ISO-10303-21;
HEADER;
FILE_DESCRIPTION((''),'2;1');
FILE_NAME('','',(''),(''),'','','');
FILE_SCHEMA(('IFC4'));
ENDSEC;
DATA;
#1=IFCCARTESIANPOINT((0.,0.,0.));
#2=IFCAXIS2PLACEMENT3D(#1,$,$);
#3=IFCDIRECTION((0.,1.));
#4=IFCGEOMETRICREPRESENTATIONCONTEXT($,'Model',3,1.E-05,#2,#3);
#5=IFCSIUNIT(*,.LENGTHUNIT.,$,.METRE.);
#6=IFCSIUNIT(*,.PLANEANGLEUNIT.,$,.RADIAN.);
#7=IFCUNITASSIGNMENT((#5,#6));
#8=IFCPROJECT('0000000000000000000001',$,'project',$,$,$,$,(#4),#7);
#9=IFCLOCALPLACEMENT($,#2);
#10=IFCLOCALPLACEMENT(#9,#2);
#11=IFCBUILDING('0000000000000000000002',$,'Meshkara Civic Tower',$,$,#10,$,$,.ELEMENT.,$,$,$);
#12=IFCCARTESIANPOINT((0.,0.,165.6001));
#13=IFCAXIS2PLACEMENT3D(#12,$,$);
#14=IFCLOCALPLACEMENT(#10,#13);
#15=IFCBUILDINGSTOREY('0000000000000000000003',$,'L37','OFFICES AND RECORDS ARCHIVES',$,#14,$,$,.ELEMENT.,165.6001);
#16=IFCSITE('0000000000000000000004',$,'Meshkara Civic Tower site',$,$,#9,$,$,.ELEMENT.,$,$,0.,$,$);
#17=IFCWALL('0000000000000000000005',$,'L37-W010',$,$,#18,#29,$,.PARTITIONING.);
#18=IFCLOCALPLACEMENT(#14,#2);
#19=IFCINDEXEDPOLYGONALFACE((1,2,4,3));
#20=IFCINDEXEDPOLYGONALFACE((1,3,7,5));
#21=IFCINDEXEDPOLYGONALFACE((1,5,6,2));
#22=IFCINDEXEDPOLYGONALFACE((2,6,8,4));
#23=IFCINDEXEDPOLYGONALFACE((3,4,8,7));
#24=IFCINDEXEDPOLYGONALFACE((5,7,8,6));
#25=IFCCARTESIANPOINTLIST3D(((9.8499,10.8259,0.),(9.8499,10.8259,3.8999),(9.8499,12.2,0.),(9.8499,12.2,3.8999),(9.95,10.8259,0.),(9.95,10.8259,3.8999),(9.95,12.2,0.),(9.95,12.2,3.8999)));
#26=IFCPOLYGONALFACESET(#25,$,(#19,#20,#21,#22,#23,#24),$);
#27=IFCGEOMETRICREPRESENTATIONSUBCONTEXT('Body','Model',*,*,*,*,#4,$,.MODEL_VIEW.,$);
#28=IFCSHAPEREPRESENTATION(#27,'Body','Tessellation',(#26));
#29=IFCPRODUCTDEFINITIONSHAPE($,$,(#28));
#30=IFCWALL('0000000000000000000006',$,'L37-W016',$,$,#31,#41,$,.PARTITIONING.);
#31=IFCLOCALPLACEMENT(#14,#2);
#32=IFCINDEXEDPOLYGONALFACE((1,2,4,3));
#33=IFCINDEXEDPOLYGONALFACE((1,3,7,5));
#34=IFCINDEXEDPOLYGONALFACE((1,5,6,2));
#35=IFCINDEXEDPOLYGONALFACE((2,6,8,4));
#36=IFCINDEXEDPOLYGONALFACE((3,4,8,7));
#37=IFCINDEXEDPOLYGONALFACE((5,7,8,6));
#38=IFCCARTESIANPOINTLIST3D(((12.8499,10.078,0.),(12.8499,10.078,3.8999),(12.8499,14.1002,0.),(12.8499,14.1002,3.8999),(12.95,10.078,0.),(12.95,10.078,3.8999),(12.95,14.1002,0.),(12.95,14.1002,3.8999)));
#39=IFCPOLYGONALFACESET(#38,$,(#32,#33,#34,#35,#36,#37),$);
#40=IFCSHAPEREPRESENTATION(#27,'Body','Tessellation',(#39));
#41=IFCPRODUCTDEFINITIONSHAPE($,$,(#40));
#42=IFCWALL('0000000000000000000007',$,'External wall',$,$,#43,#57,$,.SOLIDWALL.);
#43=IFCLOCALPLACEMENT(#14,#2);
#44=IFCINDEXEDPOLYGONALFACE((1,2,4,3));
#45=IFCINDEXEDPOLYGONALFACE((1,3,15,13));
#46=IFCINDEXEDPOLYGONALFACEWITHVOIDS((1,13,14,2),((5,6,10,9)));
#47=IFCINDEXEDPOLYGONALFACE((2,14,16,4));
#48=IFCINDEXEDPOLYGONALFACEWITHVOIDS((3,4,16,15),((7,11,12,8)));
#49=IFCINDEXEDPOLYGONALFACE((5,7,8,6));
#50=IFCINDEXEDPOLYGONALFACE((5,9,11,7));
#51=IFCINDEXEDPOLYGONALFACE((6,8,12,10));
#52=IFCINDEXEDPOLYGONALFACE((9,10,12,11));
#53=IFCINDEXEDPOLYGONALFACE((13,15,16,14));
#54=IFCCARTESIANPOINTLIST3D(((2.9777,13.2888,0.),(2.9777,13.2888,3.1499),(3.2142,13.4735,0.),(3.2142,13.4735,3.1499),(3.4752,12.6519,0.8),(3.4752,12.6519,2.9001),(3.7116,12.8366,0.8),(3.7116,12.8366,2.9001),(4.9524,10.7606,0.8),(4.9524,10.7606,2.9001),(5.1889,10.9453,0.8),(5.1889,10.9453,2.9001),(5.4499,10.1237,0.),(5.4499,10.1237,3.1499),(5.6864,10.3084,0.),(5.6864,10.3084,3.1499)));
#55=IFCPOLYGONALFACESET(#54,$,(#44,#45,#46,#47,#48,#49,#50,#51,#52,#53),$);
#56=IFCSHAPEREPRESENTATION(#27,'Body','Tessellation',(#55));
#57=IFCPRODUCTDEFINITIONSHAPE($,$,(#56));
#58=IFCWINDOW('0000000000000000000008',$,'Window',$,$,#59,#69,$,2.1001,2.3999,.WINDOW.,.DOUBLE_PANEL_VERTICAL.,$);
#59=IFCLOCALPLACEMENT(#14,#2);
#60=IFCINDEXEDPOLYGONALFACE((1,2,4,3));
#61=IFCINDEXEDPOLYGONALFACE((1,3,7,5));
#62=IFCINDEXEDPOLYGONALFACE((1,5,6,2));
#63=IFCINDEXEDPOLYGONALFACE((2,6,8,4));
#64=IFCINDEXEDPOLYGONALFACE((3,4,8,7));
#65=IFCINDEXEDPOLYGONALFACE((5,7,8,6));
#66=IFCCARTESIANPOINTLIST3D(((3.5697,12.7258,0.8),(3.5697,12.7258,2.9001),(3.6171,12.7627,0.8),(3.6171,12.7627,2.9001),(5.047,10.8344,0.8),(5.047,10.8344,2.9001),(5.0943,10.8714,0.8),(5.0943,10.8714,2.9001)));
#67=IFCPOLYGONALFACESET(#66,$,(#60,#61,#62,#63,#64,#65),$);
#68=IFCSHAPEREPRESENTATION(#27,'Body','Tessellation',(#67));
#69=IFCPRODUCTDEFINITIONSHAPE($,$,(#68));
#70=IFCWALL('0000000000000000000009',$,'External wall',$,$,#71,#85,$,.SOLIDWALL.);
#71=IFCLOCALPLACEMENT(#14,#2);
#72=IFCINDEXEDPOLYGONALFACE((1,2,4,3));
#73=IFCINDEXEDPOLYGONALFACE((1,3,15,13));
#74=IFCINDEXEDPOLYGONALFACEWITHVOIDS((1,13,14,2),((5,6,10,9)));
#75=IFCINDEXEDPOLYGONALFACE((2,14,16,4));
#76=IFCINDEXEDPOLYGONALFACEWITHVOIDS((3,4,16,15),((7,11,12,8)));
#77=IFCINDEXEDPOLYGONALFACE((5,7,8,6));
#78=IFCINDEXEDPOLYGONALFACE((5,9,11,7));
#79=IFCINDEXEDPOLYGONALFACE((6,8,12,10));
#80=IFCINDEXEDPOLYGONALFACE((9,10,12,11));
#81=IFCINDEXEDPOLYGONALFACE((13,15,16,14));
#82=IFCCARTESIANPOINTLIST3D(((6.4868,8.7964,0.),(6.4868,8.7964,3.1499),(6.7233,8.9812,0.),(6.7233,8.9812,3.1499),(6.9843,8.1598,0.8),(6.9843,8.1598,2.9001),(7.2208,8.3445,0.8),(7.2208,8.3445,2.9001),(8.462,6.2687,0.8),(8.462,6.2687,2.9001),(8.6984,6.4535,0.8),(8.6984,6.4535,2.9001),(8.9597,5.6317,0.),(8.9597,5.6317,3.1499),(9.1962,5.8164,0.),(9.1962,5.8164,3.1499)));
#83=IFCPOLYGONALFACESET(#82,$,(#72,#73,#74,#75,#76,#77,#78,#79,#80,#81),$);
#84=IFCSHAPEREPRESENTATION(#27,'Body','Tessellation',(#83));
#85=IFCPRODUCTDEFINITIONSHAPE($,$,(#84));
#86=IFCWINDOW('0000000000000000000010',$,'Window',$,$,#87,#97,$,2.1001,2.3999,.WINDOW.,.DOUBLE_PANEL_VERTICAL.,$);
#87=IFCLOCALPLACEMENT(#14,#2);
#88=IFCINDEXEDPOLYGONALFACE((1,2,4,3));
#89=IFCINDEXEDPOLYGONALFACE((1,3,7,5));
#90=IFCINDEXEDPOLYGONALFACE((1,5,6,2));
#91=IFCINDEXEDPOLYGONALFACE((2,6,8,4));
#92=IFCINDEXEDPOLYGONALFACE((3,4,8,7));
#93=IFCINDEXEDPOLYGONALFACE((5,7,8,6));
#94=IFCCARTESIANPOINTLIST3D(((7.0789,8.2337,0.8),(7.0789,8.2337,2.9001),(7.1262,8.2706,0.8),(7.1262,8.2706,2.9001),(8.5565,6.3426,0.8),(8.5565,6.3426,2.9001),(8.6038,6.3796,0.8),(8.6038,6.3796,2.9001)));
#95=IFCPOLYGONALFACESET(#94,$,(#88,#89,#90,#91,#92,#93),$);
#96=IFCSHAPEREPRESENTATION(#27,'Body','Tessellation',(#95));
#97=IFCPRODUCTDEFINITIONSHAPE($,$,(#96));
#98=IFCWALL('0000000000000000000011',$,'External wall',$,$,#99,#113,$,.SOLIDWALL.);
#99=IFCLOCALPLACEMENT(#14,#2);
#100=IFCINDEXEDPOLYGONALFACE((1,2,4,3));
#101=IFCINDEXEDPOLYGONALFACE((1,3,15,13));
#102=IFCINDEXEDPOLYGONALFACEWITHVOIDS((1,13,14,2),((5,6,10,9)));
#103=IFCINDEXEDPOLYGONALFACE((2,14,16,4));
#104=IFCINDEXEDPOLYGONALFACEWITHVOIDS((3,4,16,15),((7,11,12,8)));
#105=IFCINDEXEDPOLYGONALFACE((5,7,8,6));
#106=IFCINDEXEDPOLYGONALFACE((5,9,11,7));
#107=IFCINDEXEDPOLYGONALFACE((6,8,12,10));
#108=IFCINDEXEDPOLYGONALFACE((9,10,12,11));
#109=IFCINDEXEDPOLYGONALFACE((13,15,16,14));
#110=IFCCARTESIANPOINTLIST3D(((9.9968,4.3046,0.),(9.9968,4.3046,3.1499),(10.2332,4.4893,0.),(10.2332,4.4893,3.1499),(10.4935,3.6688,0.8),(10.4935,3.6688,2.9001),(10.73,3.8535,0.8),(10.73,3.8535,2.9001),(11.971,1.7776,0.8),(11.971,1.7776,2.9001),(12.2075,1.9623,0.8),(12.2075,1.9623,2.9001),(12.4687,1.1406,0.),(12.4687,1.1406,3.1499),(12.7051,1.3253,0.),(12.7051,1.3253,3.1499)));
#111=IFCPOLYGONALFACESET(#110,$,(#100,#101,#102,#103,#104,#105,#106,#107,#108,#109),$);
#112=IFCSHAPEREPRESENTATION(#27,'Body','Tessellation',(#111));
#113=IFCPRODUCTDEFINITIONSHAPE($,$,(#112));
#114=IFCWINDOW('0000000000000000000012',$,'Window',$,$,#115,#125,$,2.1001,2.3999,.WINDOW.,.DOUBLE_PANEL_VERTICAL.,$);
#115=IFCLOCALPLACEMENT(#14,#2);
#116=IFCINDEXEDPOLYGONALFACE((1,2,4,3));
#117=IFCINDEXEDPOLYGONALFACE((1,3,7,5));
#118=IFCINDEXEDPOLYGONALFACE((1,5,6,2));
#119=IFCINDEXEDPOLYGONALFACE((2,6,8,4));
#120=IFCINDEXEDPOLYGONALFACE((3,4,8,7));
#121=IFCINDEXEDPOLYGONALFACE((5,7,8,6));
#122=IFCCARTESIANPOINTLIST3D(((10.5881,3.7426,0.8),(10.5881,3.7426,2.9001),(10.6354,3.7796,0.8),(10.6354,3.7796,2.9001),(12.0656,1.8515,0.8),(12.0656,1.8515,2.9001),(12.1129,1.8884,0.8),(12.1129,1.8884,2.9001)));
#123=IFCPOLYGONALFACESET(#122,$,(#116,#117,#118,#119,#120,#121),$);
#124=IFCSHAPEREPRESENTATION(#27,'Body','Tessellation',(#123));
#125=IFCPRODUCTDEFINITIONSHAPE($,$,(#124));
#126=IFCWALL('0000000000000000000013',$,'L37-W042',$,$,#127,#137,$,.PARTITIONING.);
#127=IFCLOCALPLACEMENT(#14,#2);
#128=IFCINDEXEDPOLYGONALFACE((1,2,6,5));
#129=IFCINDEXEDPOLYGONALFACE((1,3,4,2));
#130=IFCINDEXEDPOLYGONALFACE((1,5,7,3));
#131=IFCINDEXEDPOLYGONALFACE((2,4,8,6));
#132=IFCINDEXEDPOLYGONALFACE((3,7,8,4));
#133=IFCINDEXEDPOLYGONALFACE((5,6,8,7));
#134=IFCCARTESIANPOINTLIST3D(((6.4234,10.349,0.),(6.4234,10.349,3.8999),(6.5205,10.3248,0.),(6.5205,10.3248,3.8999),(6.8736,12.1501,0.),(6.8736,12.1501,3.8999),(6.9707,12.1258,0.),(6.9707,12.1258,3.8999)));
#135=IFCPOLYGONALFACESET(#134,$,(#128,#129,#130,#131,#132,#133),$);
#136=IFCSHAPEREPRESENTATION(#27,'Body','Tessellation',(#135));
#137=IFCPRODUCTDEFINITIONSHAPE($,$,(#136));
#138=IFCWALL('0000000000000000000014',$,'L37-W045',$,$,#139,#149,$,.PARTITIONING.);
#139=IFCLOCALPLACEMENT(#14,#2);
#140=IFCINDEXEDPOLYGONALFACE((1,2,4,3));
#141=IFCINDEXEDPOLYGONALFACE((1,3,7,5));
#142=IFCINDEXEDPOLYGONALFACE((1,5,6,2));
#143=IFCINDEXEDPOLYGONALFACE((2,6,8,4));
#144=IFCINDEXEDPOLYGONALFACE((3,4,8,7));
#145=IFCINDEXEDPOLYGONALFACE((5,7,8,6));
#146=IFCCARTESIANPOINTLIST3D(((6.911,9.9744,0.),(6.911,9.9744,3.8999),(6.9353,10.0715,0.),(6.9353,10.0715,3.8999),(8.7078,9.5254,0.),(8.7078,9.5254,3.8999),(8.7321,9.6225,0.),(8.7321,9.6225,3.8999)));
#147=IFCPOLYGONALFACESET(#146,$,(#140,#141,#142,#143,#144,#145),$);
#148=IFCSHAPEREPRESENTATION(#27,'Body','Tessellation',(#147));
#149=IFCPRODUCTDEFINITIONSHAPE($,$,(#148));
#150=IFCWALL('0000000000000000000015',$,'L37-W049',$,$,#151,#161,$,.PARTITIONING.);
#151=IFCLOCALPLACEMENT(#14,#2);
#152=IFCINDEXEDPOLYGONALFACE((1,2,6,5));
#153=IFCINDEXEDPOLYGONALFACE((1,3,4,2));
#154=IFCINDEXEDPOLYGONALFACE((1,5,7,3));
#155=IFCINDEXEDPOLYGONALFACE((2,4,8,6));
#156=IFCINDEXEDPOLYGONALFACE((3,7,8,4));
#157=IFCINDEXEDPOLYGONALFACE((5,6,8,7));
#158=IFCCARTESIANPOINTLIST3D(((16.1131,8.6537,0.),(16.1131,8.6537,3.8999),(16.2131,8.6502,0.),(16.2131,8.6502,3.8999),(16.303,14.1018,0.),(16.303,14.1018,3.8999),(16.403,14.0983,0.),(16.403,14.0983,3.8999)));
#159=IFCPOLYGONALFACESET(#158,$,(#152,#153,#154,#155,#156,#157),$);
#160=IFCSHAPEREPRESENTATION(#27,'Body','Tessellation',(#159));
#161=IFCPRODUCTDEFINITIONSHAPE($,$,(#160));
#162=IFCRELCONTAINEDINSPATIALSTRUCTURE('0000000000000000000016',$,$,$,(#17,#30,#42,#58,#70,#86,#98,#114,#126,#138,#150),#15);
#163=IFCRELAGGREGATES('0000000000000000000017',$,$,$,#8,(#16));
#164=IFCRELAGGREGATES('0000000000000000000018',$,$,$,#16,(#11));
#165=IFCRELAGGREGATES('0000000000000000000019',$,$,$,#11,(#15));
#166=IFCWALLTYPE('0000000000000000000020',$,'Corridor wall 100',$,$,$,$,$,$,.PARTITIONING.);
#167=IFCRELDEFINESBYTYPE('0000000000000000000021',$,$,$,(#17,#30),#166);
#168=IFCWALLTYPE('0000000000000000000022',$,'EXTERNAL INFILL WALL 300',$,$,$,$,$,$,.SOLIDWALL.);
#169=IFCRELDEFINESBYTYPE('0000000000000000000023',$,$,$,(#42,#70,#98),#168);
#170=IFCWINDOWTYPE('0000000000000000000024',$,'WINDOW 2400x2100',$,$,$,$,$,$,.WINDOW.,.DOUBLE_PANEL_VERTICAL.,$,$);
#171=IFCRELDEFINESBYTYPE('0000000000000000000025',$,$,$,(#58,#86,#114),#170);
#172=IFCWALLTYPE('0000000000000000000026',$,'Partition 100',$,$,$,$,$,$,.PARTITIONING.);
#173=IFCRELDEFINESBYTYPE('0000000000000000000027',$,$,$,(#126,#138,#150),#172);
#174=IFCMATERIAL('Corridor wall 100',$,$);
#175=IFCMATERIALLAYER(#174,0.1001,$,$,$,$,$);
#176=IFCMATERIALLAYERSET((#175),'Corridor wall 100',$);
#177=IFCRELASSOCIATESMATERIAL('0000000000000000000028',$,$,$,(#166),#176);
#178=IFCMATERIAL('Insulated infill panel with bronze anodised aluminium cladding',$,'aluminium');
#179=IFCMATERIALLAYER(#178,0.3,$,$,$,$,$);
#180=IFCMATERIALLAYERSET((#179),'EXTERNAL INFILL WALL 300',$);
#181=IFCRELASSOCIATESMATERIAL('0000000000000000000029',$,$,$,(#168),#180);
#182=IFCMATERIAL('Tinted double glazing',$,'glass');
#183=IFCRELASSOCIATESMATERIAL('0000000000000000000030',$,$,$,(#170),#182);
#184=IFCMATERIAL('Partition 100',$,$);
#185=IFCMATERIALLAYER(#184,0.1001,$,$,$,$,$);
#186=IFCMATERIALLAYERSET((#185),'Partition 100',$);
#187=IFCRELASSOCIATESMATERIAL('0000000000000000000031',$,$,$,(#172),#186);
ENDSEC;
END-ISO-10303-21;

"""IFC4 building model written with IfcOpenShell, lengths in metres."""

from ifc_helpers import new_model, si_unit, direction, frame, frame_2d, origin, place, context, subcontext, project, spatial, rectangle, extrude, material, layer, layer_set, type_object, element, fill, save


model = new_model("IFC4")

# Units and contexts
model_context = context("Model", 3, precision=1e-05, world=origin(), true_north=direction((0.0, 1.0)))
body_context = subcontext(model_context, "Body", "Model", "MODEL_VIEW")
ifc_project = project(units=[si_unit("LENGTHUNIT", "METRE"), si_unit("PLANEANGLEUNIT", "RADIAN")], contexts=[model_context])

# Site, building, storey
site_placement = place(None, origin())
site = spatial("IfcSite", under=ifc_project, at=site_placement, Name="Meshkara Civic Tower site", CompositionType="ELEMENT", RefElevation=0.0)
building_placement = place(site_placement, origin())
building = spatial("IfcBuilding", under=site, at=building_placement, Name="Meshkara Civic Tower", CompositionType="ELEMENT")
storey_placement = place(building_placement, frame((0.0, 0.0, 165.6001)))
storey = spatial("IfcBuildingStorey", under=building, at=storey_placement, Name="L37", Description="OFFICES AND RECORDS ARCHIVES", CompositionType="ELEMENT", Elevation=165.6001)

# Shared definitions
ifc_material_1 = material(Name="Corridor wall 100")
ifc_layer_1 = layer(ifc_material_1, 0.1001)
ifc_layer_set_1 = layer_set([ifc_layer_1], Name="Corridor wall 100")
wall_type_1 = type_object("IfcWallType", Name="Corridor wall 100", PredefinedType="PARTITIONING", material=ifc_layer_set_1)

# Walls
wall_1_placement = place(storey_placement, frame((9.8999, 12.2, 0.0), z_axis=(0.0, 0.0, 1.0), x_axis=(0.0, -1.0, 0.0)))
element("IfcWall", 1, at=wall_1_placement, inside=storey, type_object=wall_type_1, Name="L37-W010", PredefinedType="PARTITIONING", context=body_context, shape_type="SweptSolid", body=[
    extrude(rectangle(XDim=1.374, YDim=0.1001, at=frame_2d((0.687, 0.0))), origin(), (0.0, 0.0, 1.0), 3.8999),
])
wall_2_placement = place(storey_placement, frame((12.8999, 10.0779, 0.0), z_axis=(0.0, 0.0, 1.0), x_axis=(0.0, 1.0, 0.0)))
element("IfcWall", 2, at=wall_2_placement, inside=storey, type_object=wall_type_1, Name="L37-W016", PredefinedType="PARTITIONING", context=body_context, shape_type="SweptSolid", body=[
    extrude(rectangle(XDim=4.0222, YDim=0.1001, at=frame_2d((2.0112, 0.0))), origin(), (0.0, 0.0, 1.0), 3.8999),
])

# Walls, openings, windows
ifc_material_2 = material(Name="Insulated infill panel with bronze anodised aluminium cladding", Category="aluminium")
ifc_layer_2 = layer(ifc_material_2, 0.3)
ifc_layer_set_2 = layer_set([ifc_layer_2], Name="EXTERNAL INFILL WALL 300")
wall_type_2 = type_object("IfcWallType", Name="EXTERNAL INFILL WALL 300", PredefinedType="SOLIDWALL", material=ifc_layer_set_2)
wall_3_placement = place(storey_placement, frame((3.0959, 13.3811, 0.0), z_axis=(0.0, 0.0, 1.0), x_axis=(0.615564, -0.788087, 0.0)))
wall_3 = element("IfcWall", 3, at=wall_3_placement, inside=storey, type_object=wall_type_2, Name="External wall", PredefinedType="SOLIDWALL", context=body_context, shape_type="SweptSolid", body=[
    extrude(rectangle(XDim=4.0161, YDim=0.3, at=frame_2d((2.0081, 0.0))), origin(), (0.0, 0.0, 1.0), 3.1499),
])
opening_1_placement = place(wall_3_placement, frame((0.8081, 0.0, 0.8)))
opening_1 = element("IfcOpeningElement", 4, at=opening_1_placement, cuts=wall_3, PredefinedType="OPENING", context=body_context, shape_type="SweptSolid", body=[
    extrude(rectangle(XDim=2.3999, YDim=2.1001, at=frame_2d((1.2, 1.05))), frame((0.0, 0.1599, 0.0), z_axis=(0.0, -1.0, 0.0), x_axis=(1.0, 0.0, 0.0)), (0.0, 0.0, 1.0), 0.3201),
])
ifc_material_3 = material(Name="Tinted double glazing", Category="glass")
window_type = type_object("IfcWindowType", Name="WINDOW 2400x2100", PartitioningType="DOUBLE_PANEL_VERTICAL", PredefinedType="WINDOW", material=ifc_material_3)
window_1_placement = place(opening_1_placement, origin())
window_1 = element("IfcWindow", 5, at=window_1_placement, inside=storey, type_object=window_type, Name="Window", OverallHeight=2.1001, OverallWidth=2.3999, PartitioningType="DOUBLE_PANEL_VERTICAL", PredefinedType="WINDOW", context=body_context, shape_type="SweptSolid", body=[
    extrude(rectangle(XDim=2.3999, YDim=2.1001, at=frame_2d((1.2, 1.05))), frame((0.0, 0.03, 0.0), z_axis=(0.0, -1.0, 0.0), x_axis=(1.0, 0.0, 0.0)), (0.0, 0.0, 1.0), 0.0601),
])
fill(opening_1, window_1)
wall_4_placement = place(storey_placement, frame((6.605, 8.8889, 0.0), z_axis=(0.0, 0.0, 1.0), x_axis=(0.615707, -0.787976, 0.0)))
wall_4 = element("IfcWall", 6, at=wall_4_placement, inside=storey, type_object=wall_type_2, Name="External wall", PredefinedType="SOLIDWALL", context=body_context, shape_type="SweptSolid", body=[
    extrude(rectangle(XDim=4.0164, YDim=0.3, at=frame_2d((2.0083, 0.0))), origin(), (0.0, 0.0, 1.0), 3.1499),
])
opening_2_placement = place(wall_4_placement, frame((0.8081, 0.0, 0.8)))
opening_2 = element("IfcOpeningElement", 7, at=opening_2_placement, cuts=wall_4, PredefinedType="OPENING", context=body_context, shape_type="SweptSolid", body=[
    extrude(rectangle(XDim=2.3999, YDim=2.1001, at=frame_2d((1.2, 1.05))), frame((0.0, 0.1599, 0.0), z_axis=(0.0, -1.0, 0.0), x_axis=(1.0, 0.0, 0.0)), (0.0, 0.0, 1.0), 0.3201),
])
window_2_placement = place(opening_2_placement, origin())
window_2 = element("IfcWindow", 8, at=window_2_placement, inside=storey, type_object=window_type, Name="Window", OverallHeight=2.1001, OverallWidth=2.3999, PartitioningType="DOUBLE_PANEL_VERTICAL", PredefinedType="WINDOW", context=body_context, shape_type="SweptSolid", body=[
    extrude(rectangle(XDim=2.3999, YDim=2.1001, at=frame_2d((1.2, 1.05))), frame((0.0, 0.03, 0.0), z_axis=(0.0, -1.0, 0.0), x_axis=(1.0, 0.0, 0.0)), (0.0, 0.0, 1.0), 0.0601),
])
fill(opening_2, window_2)
wall_5_placement = place(storey_placement, frame((10.115, 4.397, 0.0), z_axis=(0.0, 0.0, 1.0), x_axis=(0.615644, -0.788024, 0.0)))
wall_5 = element("IfcWall", 9, at=wall_5_placement, inside=storey, type_object=wall_type_2, Name="External wall", PredefinedType="SOLIDWALL", context=body_context, shape_type="SweptSolid", body=[
    extrude(rectangle(XDim=4.0151, YDim=0.3, at=frame_2d((2.0076, 0.0))), origin(), (0.0, 0.0, 1.0), 3.1499),
])
opening_3_placement = place(wall_5_placement, frame((0.8069, 0.0, 0.8)))
opening_3 = element("IfcOpeningElement", 10, at=opening_3_placement, cuts=wall_5, PredefinedType="OPENING", context=body_context, shape_type="SweptSolid", body=[
    extrude(rectangle(XDim=2.3999, YDim=2.1001, at=frame_2d((1.2, 1.05))), frame((0.0, 0.1599, 0.0), z_axis=(0.0, -1.0, 0.0), x_axis=(1.0, 0.0, 0.0)), (0.0, 0.0, 1.0), 0.3201),
])
window_3_placement = place(opening_3_placement, origin())
window_3 = element("IfcWindow", 11, at=window_3_placement, inside=storey, type_object=window_type, Name="Window", OverallHeight=2.1001, OverallWidth=2.3999, PartitioningType="DOUBLE_PANEL_VERTICAL", PredefinedType="WINDOW", context=body_context, shape_type="SweptSolid", body=[
    extrude(rectangle(XDim=2.3999, YDim=2.1001, at=frame_2d((1.2, 1.05))), frame((0.0, 0.03, 0.0), z_axis=(0.0, -1.0, 0.0), x_axis=(1.0, 0.0, 0.0)), (0.0, 0.0, 1.0), 0.0601),
])
fill(opening_3, window_3)

# Walls
ifc_material_4 = material(Name="Partition 100")
ifc_layer_3 = layer(ifc_material_4, 0.1001)
ifc_layer_set_3 = layer_set([ifc_layer_3], Name="Partition 100")
wall_type_3 = type_object("IfcWallType", Name="Partition 100", PredefinedType="PARTITIONING", material=ifc_layer_set_3)
wall_6_placement = place(storey_placement, frame((6.9221, 12.1379, 0.0), z_axis=(0.0, 0.0, 1.0), x_axis=(-0.242505, -0.97015, 0.0)))
element("IfcWall", 12, at=wall_6_placement, inside=storey, type_object=wall_type_3, Name="L37-W042", PredefinedType="PARTITIONING", context=body_context, shape_type="SweptSolid", body=[
    extrude(rectangle(XDim=1.8564, YDim=0.1001, at=frame_2d((0.9282, 0.0))), origin(), (0.0, 0.0, 1.0), 3.8999),
])
wall_7_placement = place(storey_placement, frame((8.72, 9.574, 0.0), z_axis=(0.0, 0.0, 1.0), x_axis=(-0.970174, 0.242412, 0.0)))
element("IfcWall", 13, at=wall_7_placement, inside=storey, type_object=wall_type_3, Name="L37-W045", PredefinedType="PARTITIONING", context=body_context, shape_type="SweptSolid", body=[
    extrude(rectangle(XDim=1.8521, YDim=0.1001, at=frame_2d((0.926, 0.0))), origin(), (0.0, 0.0, 1.0), 3.8999),
])
wall_8_placement = place(storey_placement, frame((16.1631, 8.6521, 0.0), z_axis=(0.0, 0.0, 1.0), x_axis=(0.034843, 0.999393, 0.0)))
element("IfcWall", 14, at=wall_8_placement, inside=storey, type_object=wall_type_3, Name="L37-W049", PredefinedType="PARTITIONING", context=body_context, shape_type="SweptSolid", body=[
    extrude(rectangle(XDim=5.4514, YDim=0.1001, at=frame_2d((2.7256, 0.0))), origin(), (0.0, 0.0, 1.0), 3.8999),
])

save(model, "model.ifc")
